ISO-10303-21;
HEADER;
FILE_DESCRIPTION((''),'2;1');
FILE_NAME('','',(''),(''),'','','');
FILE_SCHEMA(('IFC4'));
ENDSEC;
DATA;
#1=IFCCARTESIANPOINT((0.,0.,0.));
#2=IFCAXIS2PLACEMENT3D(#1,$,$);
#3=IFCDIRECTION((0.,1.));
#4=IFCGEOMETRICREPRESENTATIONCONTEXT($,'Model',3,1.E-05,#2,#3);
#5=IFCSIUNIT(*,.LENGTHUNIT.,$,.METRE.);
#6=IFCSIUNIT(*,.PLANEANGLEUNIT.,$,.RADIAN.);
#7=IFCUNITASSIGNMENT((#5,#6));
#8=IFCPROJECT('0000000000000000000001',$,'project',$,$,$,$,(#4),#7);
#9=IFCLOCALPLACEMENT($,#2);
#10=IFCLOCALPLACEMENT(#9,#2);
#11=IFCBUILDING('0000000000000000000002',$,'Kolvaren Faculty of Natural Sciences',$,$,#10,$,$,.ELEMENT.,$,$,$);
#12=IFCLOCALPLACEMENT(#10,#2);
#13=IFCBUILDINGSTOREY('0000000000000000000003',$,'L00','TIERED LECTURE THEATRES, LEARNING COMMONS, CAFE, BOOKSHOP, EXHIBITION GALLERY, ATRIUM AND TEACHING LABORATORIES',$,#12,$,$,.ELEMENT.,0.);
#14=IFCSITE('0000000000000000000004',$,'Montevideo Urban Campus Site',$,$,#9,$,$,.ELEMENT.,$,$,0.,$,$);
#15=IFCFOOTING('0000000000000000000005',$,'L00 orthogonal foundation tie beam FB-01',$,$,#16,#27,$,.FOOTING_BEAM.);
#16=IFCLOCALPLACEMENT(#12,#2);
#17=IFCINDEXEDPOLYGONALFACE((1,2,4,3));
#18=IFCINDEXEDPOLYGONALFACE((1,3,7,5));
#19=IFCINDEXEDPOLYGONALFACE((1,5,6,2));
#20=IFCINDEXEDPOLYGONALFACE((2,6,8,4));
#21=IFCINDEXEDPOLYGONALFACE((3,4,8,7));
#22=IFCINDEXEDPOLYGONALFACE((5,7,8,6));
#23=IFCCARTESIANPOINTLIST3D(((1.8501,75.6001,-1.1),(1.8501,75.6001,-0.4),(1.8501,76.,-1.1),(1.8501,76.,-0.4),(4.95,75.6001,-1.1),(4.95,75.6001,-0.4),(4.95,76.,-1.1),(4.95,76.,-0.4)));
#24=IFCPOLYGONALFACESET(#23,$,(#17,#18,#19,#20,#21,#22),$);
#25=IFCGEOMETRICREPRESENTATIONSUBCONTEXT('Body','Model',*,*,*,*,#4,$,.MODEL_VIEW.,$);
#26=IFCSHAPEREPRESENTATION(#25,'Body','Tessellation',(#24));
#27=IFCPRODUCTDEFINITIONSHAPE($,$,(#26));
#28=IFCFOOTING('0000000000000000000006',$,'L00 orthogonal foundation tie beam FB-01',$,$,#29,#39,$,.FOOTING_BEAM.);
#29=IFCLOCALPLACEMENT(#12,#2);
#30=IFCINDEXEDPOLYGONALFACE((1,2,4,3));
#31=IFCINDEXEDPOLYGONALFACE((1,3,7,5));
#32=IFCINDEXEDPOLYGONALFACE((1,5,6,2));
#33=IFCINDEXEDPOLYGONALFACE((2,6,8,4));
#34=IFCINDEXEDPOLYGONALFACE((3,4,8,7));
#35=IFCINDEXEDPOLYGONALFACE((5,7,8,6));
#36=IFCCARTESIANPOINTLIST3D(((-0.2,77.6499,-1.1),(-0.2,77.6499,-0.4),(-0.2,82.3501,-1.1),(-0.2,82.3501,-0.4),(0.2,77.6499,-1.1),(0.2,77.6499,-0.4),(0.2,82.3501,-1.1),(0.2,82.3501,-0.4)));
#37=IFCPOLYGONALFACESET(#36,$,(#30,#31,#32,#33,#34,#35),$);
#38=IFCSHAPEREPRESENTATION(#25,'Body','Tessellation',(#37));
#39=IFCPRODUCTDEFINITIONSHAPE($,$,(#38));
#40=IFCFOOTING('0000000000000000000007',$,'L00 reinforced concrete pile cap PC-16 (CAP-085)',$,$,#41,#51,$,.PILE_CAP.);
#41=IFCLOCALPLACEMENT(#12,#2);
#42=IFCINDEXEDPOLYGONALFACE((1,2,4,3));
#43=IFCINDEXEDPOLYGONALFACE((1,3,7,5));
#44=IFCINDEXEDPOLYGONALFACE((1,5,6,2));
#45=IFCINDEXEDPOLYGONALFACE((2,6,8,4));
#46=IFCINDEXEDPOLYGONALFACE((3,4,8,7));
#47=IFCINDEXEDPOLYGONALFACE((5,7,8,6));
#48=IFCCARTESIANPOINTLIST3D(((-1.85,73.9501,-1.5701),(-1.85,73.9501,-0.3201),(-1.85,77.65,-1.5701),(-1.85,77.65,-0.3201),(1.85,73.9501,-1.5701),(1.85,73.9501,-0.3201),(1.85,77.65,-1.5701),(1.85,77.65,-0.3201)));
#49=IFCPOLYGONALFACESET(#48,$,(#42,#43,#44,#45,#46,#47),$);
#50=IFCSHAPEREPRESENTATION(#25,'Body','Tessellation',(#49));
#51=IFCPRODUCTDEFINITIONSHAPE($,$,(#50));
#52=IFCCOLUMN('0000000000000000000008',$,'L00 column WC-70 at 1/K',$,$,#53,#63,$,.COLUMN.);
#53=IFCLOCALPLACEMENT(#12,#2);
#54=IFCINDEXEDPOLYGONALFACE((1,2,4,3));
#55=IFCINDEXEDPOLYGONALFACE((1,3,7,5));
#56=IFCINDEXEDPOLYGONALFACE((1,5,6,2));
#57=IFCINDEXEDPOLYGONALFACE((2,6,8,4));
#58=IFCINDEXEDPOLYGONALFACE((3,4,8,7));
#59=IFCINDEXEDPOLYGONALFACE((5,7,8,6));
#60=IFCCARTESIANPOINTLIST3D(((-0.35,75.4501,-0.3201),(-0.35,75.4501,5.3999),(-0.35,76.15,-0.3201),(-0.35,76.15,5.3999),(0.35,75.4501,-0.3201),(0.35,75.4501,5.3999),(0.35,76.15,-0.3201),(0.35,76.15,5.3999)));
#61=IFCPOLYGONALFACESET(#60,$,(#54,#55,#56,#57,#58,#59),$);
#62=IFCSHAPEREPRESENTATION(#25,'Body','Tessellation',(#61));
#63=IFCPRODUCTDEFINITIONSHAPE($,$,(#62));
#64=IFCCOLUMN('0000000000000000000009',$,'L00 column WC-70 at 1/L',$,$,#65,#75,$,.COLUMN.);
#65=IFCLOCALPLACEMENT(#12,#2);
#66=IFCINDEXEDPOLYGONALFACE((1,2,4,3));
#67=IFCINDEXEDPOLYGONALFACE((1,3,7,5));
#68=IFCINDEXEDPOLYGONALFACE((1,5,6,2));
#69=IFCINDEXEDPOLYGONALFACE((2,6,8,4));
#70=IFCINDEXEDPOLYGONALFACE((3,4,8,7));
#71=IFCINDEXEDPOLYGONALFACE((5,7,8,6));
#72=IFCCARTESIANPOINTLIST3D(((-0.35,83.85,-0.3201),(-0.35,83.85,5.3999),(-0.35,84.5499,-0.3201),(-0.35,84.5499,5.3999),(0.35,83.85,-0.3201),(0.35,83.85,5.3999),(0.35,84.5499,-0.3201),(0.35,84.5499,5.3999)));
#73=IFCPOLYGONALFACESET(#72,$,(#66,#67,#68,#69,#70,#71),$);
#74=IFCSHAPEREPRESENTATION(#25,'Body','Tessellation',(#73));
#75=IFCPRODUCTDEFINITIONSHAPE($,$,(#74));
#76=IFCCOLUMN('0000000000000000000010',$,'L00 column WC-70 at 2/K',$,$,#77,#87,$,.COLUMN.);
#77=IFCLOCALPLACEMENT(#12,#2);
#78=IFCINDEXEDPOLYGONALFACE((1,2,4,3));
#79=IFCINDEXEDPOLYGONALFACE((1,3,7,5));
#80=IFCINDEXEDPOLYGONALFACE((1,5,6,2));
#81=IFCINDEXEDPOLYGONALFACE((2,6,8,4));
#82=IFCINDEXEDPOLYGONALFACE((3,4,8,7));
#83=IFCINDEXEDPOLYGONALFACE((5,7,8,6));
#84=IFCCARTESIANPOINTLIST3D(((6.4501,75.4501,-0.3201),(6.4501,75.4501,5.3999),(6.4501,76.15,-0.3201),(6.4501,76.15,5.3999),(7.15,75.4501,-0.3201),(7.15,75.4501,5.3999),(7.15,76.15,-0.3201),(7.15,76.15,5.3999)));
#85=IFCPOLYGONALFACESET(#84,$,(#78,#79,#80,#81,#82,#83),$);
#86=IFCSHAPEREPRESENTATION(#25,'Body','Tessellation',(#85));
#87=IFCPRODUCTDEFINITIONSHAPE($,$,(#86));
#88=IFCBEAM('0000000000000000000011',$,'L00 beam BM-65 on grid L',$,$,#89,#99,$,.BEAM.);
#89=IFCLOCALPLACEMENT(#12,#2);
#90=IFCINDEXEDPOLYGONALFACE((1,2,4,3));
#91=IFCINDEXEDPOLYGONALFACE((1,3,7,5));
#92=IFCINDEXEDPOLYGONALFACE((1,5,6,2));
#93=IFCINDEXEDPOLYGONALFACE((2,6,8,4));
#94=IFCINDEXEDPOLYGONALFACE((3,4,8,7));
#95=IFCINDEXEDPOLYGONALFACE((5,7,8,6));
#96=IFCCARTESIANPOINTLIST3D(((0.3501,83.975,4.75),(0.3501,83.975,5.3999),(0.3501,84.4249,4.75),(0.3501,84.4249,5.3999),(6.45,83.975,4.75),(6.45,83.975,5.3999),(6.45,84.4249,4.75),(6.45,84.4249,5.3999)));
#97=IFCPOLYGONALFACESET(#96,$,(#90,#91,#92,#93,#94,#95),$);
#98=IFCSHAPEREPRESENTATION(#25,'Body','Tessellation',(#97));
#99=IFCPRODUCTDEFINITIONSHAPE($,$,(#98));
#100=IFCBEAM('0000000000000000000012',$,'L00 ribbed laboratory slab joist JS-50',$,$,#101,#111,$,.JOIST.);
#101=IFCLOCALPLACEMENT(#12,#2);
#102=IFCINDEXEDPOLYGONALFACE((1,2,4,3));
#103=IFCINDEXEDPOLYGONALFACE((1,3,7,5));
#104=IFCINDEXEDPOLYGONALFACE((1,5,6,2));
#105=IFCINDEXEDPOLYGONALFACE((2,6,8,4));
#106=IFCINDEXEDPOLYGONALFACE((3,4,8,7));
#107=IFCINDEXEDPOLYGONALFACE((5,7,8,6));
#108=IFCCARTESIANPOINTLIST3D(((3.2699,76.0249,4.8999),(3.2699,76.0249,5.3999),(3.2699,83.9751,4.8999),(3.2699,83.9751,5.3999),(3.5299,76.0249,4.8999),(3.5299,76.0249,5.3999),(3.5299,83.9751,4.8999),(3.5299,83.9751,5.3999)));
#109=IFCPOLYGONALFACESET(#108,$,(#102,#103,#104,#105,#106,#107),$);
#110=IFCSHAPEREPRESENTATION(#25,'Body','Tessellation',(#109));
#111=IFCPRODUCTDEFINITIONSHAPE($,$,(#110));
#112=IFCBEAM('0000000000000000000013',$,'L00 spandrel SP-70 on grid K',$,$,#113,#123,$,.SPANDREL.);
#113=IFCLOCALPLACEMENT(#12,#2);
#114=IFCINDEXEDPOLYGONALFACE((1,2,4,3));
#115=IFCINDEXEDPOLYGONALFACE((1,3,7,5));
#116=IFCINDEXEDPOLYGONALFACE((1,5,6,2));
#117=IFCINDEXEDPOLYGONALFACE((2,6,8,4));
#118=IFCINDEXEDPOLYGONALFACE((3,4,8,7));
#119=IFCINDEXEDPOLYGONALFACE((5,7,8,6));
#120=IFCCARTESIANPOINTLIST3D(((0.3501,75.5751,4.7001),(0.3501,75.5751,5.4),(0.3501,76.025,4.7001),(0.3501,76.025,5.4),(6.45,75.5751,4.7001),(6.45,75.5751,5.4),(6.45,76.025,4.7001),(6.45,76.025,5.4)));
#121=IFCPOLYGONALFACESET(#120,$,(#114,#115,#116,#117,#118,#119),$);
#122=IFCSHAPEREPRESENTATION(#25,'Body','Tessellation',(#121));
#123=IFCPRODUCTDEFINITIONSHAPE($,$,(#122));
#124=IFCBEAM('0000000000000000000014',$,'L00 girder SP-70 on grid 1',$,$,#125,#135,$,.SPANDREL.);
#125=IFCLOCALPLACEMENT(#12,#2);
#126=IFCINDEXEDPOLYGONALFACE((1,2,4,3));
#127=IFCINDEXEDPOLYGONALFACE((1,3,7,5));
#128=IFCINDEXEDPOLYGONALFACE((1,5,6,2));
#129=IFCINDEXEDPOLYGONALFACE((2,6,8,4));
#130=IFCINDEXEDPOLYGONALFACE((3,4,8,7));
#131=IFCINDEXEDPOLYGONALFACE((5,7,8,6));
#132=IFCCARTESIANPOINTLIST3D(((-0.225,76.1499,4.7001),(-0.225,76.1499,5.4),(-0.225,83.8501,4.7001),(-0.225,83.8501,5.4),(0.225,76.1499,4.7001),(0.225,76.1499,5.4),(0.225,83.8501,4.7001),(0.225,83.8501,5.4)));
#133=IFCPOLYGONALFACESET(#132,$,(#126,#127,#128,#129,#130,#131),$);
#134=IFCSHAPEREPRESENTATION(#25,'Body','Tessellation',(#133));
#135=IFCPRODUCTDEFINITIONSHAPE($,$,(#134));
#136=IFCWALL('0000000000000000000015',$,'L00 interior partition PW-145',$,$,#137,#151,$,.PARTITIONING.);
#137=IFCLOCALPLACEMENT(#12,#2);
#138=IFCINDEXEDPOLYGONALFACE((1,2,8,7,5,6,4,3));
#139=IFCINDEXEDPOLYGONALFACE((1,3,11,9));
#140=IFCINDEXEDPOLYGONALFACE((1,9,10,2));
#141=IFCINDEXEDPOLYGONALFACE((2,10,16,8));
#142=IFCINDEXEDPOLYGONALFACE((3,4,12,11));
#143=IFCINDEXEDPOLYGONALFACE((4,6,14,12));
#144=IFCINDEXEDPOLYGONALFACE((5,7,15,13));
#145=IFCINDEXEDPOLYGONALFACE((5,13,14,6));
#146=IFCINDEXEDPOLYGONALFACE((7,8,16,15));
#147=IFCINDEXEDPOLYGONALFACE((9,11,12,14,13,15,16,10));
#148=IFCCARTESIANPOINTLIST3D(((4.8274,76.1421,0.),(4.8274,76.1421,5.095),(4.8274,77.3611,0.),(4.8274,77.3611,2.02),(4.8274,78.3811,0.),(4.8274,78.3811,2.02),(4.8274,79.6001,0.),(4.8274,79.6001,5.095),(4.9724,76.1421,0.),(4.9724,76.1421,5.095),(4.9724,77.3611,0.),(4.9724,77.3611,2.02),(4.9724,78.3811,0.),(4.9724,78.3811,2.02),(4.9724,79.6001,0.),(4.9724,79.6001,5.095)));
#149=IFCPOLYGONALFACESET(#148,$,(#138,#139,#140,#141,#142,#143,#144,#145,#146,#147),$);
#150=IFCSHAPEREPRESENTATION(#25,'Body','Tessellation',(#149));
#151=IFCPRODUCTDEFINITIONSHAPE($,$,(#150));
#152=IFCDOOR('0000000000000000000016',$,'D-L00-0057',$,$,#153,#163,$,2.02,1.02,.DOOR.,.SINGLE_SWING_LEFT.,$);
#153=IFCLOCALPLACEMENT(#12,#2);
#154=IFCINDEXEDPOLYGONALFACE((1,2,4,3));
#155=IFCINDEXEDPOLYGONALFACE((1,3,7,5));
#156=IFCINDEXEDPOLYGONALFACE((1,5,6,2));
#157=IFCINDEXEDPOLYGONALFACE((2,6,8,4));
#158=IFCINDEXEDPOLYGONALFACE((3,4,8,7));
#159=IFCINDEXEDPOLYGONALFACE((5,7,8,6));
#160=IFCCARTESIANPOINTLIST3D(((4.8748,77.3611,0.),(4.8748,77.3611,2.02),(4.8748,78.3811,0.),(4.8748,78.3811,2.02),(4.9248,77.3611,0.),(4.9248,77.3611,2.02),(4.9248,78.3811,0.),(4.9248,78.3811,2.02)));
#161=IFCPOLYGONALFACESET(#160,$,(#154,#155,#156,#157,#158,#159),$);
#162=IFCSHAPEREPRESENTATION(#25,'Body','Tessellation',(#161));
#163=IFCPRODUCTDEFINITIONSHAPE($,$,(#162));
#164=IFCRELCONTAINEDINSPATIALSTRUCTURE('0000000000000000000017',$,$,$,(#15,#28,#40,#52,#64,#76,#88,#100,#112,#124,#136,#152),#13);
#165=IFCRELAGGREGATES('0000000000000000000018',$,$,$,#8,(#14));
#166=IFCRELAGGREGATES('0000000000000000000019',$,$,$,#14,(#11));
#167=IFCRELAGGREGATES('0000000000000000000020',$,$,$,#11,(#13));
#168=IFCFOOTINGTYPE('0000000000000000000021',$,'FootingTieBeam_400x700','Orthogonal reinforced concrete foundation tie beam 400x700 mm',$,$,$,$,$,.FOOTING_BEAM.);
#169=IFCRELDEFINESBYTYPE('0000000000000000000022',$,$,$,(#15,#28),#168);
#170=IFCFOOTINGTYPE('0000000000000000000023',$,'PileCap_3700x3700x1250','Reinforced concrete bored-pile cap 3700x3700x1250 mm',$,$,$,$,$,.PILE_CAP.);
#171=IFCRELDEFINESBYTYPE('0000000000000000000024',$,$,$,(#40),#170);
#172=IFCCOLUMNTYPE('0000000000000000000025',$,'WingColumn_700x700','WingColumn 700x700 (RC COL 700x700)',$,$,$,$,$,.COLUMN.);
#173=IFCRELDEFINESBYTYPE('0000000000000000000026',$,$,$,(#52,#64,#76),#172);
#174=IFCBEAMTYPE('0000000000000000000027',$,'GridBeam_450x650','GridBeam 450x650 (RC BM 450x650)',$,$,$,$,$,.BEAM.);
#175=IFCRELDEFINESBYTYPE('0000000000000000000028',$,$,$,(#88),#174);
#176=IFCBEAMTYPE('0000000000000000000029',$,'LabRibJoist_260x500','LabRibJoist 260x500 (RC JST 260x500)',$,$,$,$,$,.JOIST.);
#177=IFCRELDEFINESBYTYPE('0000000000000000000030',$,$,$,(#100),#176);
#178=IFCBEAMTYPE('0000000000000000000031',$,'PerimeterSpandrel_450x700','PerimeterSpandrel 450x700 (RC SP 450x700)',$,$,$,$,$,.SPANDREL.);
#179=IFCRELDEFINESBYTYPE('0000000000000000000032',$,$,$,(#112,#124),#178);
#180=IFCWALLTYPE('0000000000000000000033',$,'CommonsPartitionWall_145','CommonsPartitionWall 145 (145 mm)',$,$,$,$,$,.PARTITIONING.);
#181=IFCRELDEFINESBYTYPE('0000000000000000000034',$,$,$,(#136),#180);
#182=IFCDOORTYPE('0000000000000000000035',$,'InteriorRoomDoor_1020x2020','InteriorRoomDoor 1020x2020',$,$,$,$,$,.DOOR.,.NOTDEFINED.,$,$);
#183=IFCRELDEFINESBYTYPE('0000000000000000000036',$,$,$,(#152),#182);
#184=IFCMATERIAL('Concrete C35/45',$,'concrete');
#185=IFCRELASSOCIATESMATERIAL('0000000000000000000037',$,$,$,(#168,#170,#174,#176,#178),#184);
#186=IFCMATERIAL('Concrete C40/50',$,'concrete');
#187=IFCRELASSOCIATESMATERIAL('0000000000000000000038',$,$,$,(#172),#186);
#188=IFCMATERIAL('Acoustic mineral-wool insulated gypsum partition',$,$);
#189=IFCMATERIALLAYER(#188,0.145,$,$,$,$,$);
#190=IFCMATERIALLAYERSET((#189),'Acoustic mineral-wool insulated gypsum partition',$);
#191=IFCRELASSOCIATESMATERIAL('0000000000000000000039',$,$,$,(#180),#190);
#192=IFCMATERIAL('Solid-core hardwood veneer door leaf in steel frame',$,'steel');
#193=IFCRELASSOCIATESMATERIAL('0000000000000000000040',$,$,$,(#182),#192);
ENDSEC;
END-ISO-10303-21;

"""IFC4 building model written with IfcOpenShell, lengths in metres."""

from ifc_helpers import new_model, si_unit, direction, frame, frame_2d, origin, origin_2d, place, context, subcontext, project, spatial, rectangle, extrude, material, layer, layer_set, material_profile, profile_set, type_object, element, fill, save


model = new_model("IFC4")

# Units and contexts
model_context = context("Model", 3, precision=1e-05, world=origin(), true_north=direction((0.0, 1.0)))
body_context = subcontext(model_context, "Body", "Model", "MODEL_VIEW")
ifc_project = project(units=[si_unit("LENGTHUNIT", "METRE"), si_unit("PLANEANGLEUNIT", "RADIAN")], contexts=[model_context])

# Site, building, storey
site_placement = place(None, origin())
site = spatial("IfcSite", under=ifc_project, at=site_placement, Name="Montevideo Urban Campus Site", CompositionType="ELEMENT", RefElevation=0.0)
building_placement = place(site_placement, origin())
building = spatial("IfcBuilding", under=site, at=building_placement, Name="Kolvaren Faculty of Natural Sciences", CompositionType="ELEMENT")
storey_placement = place(building_placement, origin())
storey = spatial("IfcBuildingStorey", under=building, at=storey_placement, Name="L00", Description="TIERED LECTURE THEATRES, LEARNING COMMONS, CAFE, BOOKSHOP, EXHIBITION GALLERY, ATRIUM AND TEACHING LABORATORIES", CompositionType="ELEMENT", Elevation=0.0)

# Shared definitions
ifc_material_1 = material(Name="Concrete C35/45", Category="concrete")

# Footings
ifc_material_profile_1 = material_profile(ifc_material_1, rectangle(XDim=0.3999, YDim=0.7, at=origin_2d()), Name="RC FB 400x700")
ifc_profile_set_1 = profile_set([ifc_material_profile_1], Name="Concrete C35/45")
footing_type_1 = type_object("IfcFootingType", Name="FootingTieBeam_400x700", Description="Orthogonal reinforced concrete foundation tie beam 400x700 mm", PredefinedType="FOOTING_BEAM", material=ifc_profile_set_1)
footing_1_placement = place(storey_placement, frame((1.8501, 75.8, -0.75), z_axis=(1.0, 0.0, 0.0), x_axis=(0.0, 1.0, 0.0)))
element("IfcFooting", 1, at=footing_1_placement, inside=storey, type_object=footing_type_1, Name="L00 orthogonal foundation tie beam FB-01", PredefinedType="FOOTING_BEAM", context=body_context, shape_type="SweptSolid", body=[
    extrude(rectangle(XDim=0.3999, YDim=0.7, at=origin_2d()), origin(), (0.0, 0.0, 1.0), 3.0999),
])
footing_2_placement = place(storey_placement, frame((0.0, 77.6499, -0.75), z_axis=(0.0, 1.0, 0.0), x_axis=(-1.0, 0.0, 0.0)))
element("IfcFooting", 2, at=footing_2_placement, inside=storey, type_object=footing_type_1, Name="L00 orthogonal foundation tie beam FB-01", PredefinedType="FOOTING_BEAM", context=body_context, shape_type="SweptSolid", body=[
    extrude(rectangle(XDim=0.3999, YDim=0.7, at=origin_2d()), origin(), (0.0, 0.0, 1.0), 4.7002),
])
footing_type_2 = type_object("IfcFootingType", Name="PileCap_3700x3700x1250", Description="Reinforced concrete bored-pile cap 3700x3700x1250 mm", PredefinedType="PILE_CAP", material=ifc_material_1)
footing_3_placement = place(storey_placement, frame((0.0, 75.8, -1.5701), z_axis=(0.0, 0.0, 1.0), x_axis=(1.0, 0.0, 0.0)))
element("IfcFooting", 3, at=footing_3_placement, inside=storey, type_object=footing_type_2, Name="L00 reinforced concrete pile cap PC-16 (CAP-085)", PredefinedType="PILE_CAP", context=body_context, shape_type="SweptSolid", body=[
    extrude(rectangle(XDim=3.7, YDim=3.7, at=origin_2d()), origin(), (0.0, 0.0, 1.0), 1.25),
])

# Columns
ifc_material_2 = material(Name="Concrete C40/50", Category="concrete")
ifc_material_profile_2 = material_profile(ifc_material_2, rectangle(XDim=0.7, YDim=0.7, at=origin_2d()), Name="RC COL 700x700")
ifc_profile_set_2 = profile_set([ifc_material_profile_2], Name="Concrete C40/50")
column_type = type_object("IfcColumnType", Name="WingColumn_700x700", Description="WingColumn 700x700 (RC COL 700x700)", PredefinedType="COLUMN", material=ifc_profile_set_2)
for number, where, z_axis, x_axis, name in (
    (4, (0.0, 75.8, -0.3201), (0.0, 0.0, 1.0), (1.0, 0.0, 0.0), "L00 column WC-70 at 1/K"),
    (5, (0.0, 84.2, -0.3201), (0.0, 0.0, 1.0), (1.0, 0.0, 0.0), "L00 column WC-70 at 1/L"),
    (6, (6.8, 75.8, -0.3201), (0.0, 0.0, 1.0), (1.0, 0.0, 0.0), "L00 column WC-70 at 2/K"),
):
    element("IfcColumn", number, at=place(storey_placement, frame(where, z_axis=z_axis, x_axis=x_axis)), inside=storey, type_object=column_type, Name=name, PredefinedType="COLUMN", context=body_context, shape_type="SweptSolid", body=[
        extrude(rectangle(XDim=0.7, YDim=0.7, at=origin_2d()), origin(), (0.0, 0.0, 1.0), 5.72),
    ])

# Beams
ifc_material_profile_3 = material_profile(ifc_material_1, rectangle(XDim=0.45, YDim=0.6499, at=origin_2d()), Name="RC BM 450x650")
ifc_profile_set_3 = profile_set([ifc_material_profile_3], Name="Concrete C35/45")
beam_type_1 = type_object("IfcBeamType", Name="GridBeam_450x650", Description="GridBeam 450x650 (RC BM 450x650)", PredefinedType="BEAM", material=ifc_profile_set_3)
beam_1_placement = place(storey_placement, frame((0.3501, 84.2, 5.075), z_axis=(1.0, 0.0, 0.0), x_axis=(0.0, 1.0, 0.0)))
element("IfcBeam", 7, at=beam_1_placement, inside=storey, type_object=beam_type_1, Name="L00 beam BM-65 on grid L", PredefinedType="BEAM", context=body_context, shape_type="SweptSolid", body=[
    extrude(rectangle(XDim=0.45, YDim=0.6499, at=origin_2d()), origin(), (0.0, 0.0, 1.0), 6.0999),
])
ifc_material_profile_4 = material_profile(ifc_material_1, rectangle(XDim=0.26, YDim=0.5, at=origin_2d()), Name="RC JST 260x500")
ifc_profile_set_4 = profile_set([ifc_material_profile_4], Name="Concrete C35/45")
beam_type_2 = type_object("IfcBeamType", Name="LabRibJoist_260x500", Description="LabRibJoist 260x500 (RC JST 260x500)", PredefinedType="JOIST", material=ifc_profile_set_4)
beam_2_placement = place(storey_placement, frame((3.3999, 76.0249, 5.1499), z_axis=(0.0, 1.0, 0.0), x_axis=(-1.0, 0.0, 0.0)))
element("IfcBeam", 8, at=beam_2_placement, inside=storey, type_object=beam_type_2, Name="L00 ribbed laboratory slab joist JS-50", PredefinedType="JOIST", context=body_context, shape_type="SweptSolid", body=[
    extrude(rectangle(XDim=0.26, YDim=0.5, at=origin_2d()), origin(), (0.0, 0.0, 1.0), 7.9502),
])
ifc_material_profile_5 = material_profile(ifc_material_1, rectangle(XDim=0.45, YDim=0.7, at=origin_2d()), Name="RC SP 450x700")
ifc_profile_set_5 = profile_set([ifc_material_profile_5], Name="Concrete C35/45")
beam_type_3 = type_object("IfcBeamType", Name="PerimeterSpandrel_450x700", Description="PerimeterSpandrel 450x700 (RC SP 450x700)", PredefinedType="SPANDREL", material=ifc_profile_set_5)
beam_3_placement = place(storey_placement, frame((0.3501, 75.8, 5.05), z_axis=(1.0, 0.0, 0.0), x_axis=(0.0, 1.0, 0.0)))
element("IfcBeam", 9, at=beam_3_placement, inside=storey, type_object=beam_type_3, Name="L00 spandrel SP-70 on grid K", PredefinedType="SPANDREL", context=body_context, shape_type="SweptSolid", body=[
    extrude(rectangle(XDim=0.45, YDim=0.7, at=origin_2d()), origin(), (0.0, 0.0, 1.0), 6.0999),
])
beam_4_placement = place(storey_placement, frame((0.0, 76.1499, 5.05), z_axis=(0.0, 1.0, 0.0), x_axis=(-1.0, 0.0, 0.0)))
element("IfcBeam", 10, at=beam_4_placement, inside=storey, type_object=beam_type_3, Name="L00 girder SP-70 on grid 1", PredefinedType="SPANDREL", context=body_context, shape_type="SweptSolid", body=[
    extrude(rectangle(XDim=0.45, YDim=0.7, at=origin_2d()), origin(), (0.0, 0.0, 1.0), 7.7002),
])

# Wall, opening, door
ifc_material_3 = material(Name="Acoustic mineral-wool insulated gypsum partition")
ifc_layer_1 = layer(ifc_material_3, 0.145)
ifc_layer_set_1 = layer_set([ifc_layer_1], Name="Acoustic mineral-wool insulated gypsum partition")
wall_type_1 = type_object("IfcWallType", Name="CommonsPartitionWall_145", Description="CommonsPartitionWall 145 (145 mm)", PredefinedType="PARTITIONING", material=ifc_layer_set_1)
wall_1_placement = place(storey_placement, frame((4.8999, 79.6001, 0.0), z_axis=(0.0, 0.0, 1.0), x_axis=(0.0, -1.0, 0.0)))
wall_1 = element("IfcWall", 11, at=wall_1_placement, inside=storey, type_object=wall_type_1, Name="L00 interior partition PW-145", PredefinedType="PARTITIONING", context=body_context, shape_type="SweptSolid", body=[
    extrude(rectangle(XDim=3.458, YDim=0.145, at=frame_2d((1.729, 0.0))), origin(), (0.0, 0.0, 1.0), 5.095),
])
opening_1_placement = place(wall_1_placement, frame((1.219, 0.0, 0.0)))
opening_1 = element("IfcOpeningElement", 12, at=opening_1_placement, cuts=wall_1, PredefinedType="OPENING", context=body_context, shape_type="SweptSolid", body=[
    extrude(rectangle(XDim=1.02, YDim=2.02, at=frame_2d((0.51, 1.01))), frame((0.0, 0.0825, 0.0), z_axis=(0.0, -1.0, 0.0), x_axis=(1.0, 0.0, 0.0)), (0.0, 0.0, 1.0), 0.165),
])
ifc_material_4 = material(Name="Solid-core hardwood veneer door leaf in steel frame", Category="steel")
door_type_1 = type_object("IfcDoorType", Name="InteriorRoomDoor_1020x2020", Description="InteriorRoomDoor 1020x2020", OperationType="NOTDEFINED", PredefinedType="DOOR", material=ifc_material_4)
door_1_placement = place(opening_1_placement, origin())
door_1 = element("IfcDoor", 13, at=door_1_placement, inside=storey, type_object=door_type_1, Name="D-L00-0057", OperationType="SINGLE_SWING_LEFT", OverallHeight=2.02, OverallWidth=1.02, PredefinedType="DOOR", context=body_context, shape_type="SweptSolid", body=[
    extrude(rectangle(XDim=1.02, YDim=2.02, at=frame_2d((0.51, 1.01))), frame((0.0, 0.0249, 0.0), z_axis=(0.0, -1.0, 0.0), x_axis=(1.0, 0.0, 0.0)), (0.0, 0.0, 1.0), 0.05),
])
fill(opening_1, door_1)

save(model, "model.ifc")
